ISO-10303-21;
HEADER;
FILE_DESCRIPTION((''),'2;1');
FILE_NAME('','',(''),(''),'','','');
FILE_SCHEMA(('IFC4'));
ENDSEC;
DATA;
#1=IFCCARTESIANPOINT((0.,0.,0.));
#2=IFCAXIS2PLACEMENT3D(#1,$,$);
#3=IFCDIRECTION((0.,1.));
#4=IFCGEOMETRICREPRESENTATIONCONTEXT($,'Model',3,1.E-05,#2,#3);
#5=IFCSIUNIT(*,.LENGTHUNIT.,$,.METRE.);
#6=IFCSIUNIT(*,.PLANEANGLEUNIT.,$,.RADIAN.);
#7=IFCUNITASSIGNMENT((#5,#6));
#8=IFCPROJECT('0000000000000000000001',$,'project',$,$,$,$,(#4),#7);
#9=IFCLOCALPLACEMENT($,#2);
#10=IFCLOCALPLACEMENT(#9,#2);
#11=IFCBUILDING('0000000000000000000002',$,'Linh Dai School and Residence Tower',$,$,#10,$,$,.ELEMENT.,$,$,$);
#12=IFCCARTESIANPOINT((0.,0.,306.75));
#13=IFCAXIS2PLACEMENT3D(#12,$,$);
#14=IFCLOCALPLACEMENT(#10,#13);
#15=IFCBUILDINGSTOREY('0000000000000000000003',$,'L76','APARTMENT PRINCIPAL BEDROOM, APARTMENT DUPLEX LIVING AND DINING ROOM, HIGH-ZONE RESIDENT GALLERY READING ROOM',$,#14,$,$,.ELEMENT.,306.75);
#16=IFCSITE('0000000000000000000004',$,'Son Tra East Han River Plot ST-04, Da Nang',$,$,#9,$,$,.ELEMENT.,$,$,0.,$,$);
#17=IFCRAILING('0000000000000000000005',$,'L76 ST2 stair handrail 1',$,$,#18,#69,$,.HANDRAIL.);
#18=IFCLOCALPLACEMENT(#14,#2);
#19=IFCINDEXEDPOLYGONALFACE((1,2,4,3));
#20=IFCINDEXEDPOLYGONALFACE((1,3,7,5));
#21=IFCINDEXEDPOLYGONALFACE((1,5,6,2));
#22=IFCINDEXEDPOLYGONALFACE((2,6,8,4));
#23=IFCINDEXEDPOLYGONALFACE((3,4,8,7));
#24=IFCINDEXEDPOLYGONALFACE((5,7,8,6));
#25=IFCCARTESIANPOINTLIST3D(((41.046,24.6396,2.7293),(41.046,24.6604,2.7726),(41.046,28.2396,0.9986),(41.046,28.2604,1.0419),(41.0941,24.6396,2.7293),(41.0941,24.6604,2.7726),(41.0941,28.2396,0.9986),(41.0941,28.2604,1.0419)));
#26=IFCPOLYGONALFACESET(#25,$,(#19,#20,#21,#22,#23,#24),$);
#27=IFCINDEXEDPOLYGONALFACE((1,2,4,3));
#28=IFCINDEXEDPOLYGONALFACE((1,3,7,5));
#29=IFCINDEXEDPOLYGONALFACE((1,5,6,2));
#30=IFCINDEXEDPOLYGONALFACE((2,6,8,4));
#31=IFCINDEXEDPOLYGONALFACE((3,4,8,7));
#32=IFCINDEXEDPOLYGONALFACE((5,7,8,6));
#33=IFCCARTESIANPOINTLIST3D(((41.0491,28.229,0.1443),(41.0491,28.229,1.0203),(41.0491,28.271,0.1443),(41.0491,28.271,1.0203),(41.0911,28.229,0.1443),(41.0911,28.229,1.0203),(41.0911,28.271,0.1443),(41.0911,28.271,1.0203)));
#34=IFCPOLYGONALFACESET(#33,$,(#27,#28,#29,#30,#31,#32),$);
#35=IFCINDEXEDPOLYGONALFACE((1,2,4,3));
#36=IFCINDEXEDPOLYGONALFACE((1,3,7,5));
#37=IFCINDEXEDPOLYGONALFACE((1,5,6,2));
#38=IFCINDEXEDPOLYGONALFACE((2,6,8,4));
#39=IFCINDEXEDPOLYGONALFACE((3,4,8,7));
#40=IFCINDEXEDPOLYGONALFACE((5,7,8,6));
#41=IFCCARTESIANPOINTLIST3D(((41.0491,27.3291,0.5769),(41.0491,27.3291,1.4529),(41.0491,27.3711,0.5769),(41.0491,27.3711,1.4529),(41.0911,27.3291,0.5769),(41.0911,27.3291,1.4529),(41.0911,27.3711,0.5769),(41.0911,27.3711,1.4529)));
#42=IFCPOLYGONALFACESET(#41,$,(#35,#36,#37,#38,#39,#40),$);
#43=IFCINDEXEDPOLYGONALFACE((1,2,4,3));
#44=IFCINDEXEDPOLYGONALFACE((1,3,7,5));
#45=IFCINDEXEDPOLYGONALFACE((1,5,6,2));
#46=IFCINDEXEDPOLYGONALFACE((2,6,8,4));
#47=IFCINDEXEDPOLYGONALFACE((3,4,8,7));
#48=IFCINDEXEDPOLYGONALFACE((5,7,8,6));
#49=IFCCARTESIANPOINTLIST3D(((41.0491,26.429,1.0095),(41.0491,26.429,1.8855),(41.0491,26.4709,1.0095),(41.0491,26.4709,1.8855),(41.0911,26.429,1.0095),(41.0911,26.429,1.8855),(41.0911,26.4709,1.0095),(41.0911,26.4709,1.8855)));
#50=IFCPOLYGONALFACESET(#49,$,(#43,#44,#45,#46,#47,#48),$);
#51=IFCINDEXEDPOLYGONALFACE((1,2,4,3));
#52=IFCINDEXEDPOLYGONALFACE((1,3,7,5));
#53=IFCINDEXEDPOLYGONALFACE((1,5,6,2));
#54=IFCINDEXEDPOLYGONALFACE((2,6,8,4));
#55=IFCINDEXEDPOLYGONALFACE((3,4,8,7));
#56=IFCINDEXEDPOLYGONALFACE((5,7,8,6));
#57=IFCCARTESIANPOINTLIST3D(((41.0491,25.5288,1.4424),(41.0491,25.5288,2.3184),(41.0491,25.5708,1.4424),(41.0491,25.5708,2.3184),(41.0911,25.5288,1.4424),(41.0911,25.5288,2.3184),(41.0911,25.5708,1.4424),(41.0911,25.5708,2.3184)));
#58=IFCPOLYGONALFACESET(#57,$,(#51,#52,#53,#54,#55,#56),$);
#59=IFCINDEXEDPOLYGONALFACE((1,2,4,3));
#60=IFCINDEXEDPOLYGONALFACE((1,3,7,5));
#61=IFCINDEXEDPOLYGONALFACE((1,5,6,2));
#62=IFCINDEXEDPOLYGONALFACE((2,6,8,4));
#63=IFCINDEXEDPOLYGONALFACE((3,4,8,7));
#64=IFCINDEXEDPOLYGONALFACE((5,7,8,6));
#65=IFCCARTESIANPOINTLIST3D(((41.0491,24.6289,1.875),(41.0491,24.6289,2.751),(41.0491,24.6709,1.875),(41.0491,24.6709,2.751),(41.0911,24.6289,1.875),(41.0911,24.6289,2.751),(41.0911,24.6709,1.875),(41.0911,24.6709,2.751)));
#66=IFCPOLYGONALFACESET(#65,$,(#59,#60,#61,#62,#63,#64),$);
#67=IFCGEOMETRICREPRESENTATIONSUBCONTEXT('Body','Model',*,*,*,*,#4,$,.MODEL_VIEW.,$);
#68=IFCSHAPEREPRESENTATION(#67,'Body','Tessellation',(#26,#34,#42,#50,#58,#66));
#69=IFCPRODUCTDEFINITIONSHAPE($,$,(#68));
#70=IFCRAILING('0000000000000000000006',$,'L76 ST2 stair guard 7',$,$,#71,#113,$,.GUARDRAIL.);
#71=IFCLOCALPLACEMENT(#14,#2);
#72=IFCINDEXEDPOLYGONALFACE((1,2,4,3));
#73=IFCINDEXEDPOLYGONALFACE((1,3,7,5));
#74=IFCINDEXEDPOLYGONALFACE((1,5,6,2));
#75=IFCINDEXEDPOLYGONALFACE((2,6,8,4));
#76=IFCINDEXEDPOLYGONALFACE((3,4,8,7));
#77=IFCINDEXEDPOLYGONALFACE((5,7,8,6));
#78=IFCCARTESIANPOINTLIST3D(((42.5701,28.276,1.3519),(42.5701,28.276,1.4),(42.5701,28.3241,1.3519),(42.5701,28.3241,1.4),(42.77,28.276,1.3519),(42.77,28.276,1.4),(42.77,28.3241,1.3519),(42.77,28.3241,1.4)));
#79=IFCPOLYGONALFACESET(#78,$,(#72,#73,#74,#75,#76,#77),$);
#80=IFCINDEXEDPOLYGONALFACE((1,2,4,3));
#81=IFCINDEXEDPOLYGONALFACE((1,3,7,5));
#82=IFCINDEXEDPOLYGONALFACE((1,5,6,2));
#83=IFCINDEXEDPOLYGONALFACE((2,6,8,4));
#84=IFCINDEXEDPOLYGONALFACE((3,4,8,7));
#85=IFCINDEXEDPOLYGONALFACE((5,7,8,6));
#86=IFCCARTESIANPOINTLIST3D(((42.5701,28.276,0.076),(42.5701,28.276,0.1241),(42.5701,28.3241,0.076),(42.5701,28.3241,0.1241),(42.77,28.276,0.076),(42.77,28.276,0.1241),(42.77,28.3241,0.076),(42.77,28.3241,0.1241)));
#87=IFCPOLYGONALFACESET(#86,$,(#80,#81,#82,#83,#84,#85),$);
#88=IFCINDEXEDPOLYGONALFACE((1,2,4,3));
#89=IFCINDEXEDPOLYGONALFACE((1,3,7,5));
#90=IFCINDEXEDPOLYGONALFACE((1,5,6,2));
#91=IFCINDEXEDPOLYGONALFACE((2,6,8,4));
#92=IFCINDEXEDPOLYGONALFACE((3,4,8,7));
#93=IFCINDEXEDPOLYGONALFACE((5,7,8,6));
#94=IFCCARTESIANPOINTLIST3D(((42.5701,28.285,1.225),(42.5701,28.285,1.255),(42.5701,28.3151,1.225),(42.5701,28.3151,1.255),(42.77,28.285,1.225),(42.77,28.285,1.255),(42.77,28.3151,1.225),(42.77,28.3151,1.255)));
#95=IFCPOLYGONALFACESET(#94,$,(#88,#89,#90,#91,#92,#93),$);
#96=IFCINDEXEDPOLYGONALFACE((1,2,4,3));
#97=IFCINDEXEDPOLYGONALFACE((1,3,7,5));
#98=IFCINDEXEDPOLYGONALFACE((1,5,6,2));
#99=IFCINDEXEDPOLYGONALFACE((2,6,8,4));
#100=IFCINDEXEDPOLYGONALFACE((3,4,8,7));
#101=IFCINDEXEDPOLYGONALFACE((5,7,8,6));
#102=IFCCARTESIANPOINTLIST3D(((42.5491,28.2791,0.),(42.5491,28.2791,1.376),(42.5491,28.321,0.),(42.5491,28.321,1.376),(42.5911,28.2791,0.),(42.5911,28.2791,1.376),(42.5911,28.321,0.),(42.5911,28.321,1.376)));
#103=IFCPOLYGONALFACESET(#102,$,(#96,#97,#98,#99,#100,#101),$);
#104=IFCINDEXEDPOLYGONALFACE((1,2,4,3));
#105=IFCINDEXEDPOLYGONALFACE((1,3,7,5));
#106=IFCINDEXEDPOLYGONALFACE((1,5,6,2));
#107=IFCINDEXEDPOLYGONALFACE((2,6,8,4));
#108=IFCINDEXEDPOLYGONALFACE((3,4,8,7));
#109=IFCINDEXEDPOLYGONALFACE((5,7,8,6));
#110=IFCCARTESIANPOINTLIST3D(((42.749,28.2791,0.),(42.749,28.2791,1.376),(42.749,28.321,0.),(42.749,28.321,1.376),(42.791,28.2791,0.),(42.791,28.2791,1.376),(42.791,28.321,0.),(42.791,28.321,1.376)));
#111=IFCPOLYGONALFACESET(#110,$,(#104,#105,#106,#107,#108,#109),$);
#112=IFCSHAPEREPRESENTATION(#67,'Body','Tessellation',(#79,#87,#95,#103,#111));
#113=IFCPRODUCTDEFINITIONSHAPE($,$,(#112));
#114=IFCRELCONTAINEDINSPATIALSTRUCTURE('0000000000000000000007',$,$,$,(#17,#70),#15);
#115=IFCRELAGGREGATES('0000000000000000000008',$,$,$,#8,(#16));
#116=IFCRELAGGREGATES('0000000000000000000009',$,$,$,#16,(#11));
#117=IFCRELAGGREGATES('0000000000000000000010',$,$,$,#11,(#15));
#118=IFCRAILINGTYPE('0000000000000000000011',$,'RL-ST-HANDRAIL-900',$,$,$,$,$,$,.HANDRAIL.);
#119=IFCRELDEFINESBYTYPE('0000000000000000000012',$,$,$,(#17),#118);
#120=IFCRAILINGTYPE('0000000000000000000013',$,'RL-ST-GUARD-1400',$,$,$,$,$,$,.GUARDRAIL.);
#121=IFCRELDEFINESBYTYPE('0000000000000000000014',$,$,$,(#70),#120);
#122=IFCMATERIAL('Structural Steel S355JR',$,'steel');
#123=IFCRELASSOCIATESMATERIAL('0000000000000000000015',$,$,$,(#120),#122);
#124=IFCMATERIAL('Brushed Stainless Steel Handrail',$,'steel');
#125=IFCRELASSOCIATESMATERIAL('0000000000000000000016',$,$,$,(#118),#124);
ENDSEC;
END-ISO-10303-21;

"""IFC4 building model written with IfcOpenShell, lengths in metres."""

from ifc_helpers import new_model, si_unit, direction, frame, origin, origin_2d, place, context, subcontext, project, spatial, rectangle, extrude, source, transform, mapped, material, type_object, element, save


model = new_model("IFC4")

# Units and contexts
model_context = context("Model", 3, precision=1e-05, world=origin(), true_north=direction((0.0, 1.0)))
body_context = subcontext(model_context, "Body", "Model", "MODEL_VIEW")
ifc_project = project(units=[si_unit("LENGTHUNIT", "METRE"), si_unit("PLANEANGLEUNIT", "RADIAN")], contexts=[model_context])

# Site, building, storey
site_placement = place(None, origin())
site = spatial("IfcSite", under=ifc_project, at=site_placement, Name="Son Tra East Han River Plot ST-04, Da Nang", CompositionType="ELEMENT", RefElevation=0.0)
building_placement = place(site_placement, origin())
building = spatial("IfcBuilding", under=site, at=building_placement, Name="Linh Dai School and Residence Tower", CompositionType="ELEMENT")
storey_placement = place(building_placement, frame((0.0, 0.0, 306.75)))
storey = spatial("IfcBuildingStorey", under=building, at=storey_placement, Name="L76", Description="APARTMENT PRINCIPAL BEDROOM, APARTMENT DUPLEX LIVING AND DINING ROOM, HIGH-ZONE RESIDENT GALLERY READING ROOM", CompositionType="ELEMENT", Elevation=306.75)

# Shared definitions
ifc_material_1 = material(Name="Structural Steel S355JR", Category="steel")

# Railings
railing_type_1 = type_object("IfcRailingType", Name="RL-ST-GUARD-1400", PredefinedType="GUARDRAIL", material=ifc_material_1)
ifc_material_2 = material(Name="Brushed Stainless Steel Handrail", Category="steel")
railing_type_2 = type_object("IfcRailingType", Name="RL-ST-HANDRAIL-900", PredefinedType="HANDRAIL", material=ifc_material_2)
shared_shape_1 = source(origin(), body_context, "Body", "SweptSolid", [
    extrude(rectangle(XDim=0.0481, YDim=0.0481, at=origin_2d()), frame((0.0, 0.0, 0.876), z_axis=(0.0, -0.901263, 0.433273), x_axis=(1.0, 0.0, 0.0)), (0.0, 0.0, 1.0), 3.9944),
    extrude(rectangle(XDim=0.042, YDim=0.042, at=origin_2d()), origin(), (0.0, 0.0, 1.0), 0.876),
    extrude(rectangle(XDim=0.042, YDim=0.042, at=origin_2d()), frame((0.0, -0.8999, 0.4326)), (0.0, 0.0, 1.0), 0.876),
    extrude(rectangle(XDim=0.042, YDim=0.042, at=origin_2d()), frame((0.0, -1.8, 0.8652)), (0.0, 0.0, 1.0), 0.876),
    extrude(rectangle(XDim=0.042, YDim=0.042, at=origin_2d()), frame((0.0, -2.7002, 1.2981)), (0.0, 0.0, 1.0), 0.876),
    extrude(rectangle(XDim=0.042, YDim=0.042, at=origin_2d()), frame((0.0, -3.6001, 1.7307)), (0.0, 0.0, 1.0), 0.876),
])
railing_1_placement = place(storey_placement, frame((41.0701, 28.25, 0.1443)))
element("IfcRailing", 1, at=railing_1_placement, inside=storey, type_object=railing_type_2, Name="L76 ST2 stair handrail 1", PredefinedType="HANDRAIL", context=body_context, shape_type="MappedRepresentation", body=[
    mapped(shared_shape_1, transform((0.0, 0.0, 0.0), x_axis=(1.0, 0.0, 0.0), y_axis=(0.0, 1.0, 0.0), z_axis=(0.0, 0.0, 1.0), scale=1.0)),
])
shared_shape_2 = source(origin(), body_context, "Body", "SweptSolid", [
    extrude(rectangle(XDim=0.0481, YDim=0.0481, at=origin_2d()), frame((0.0, 0.0, 1.376), z_axis=(1.0, 0.0, 0.0), x_axis=(0.0, 1.0, 0.0)), (0.0, 0.0, 1.0), 0.2),
    extrude(rectangle(XDim=0.0481, YDim=0.0481, at=origin_2d()), frame((0.0, 0.0, 0.1001), z_axis=(1.0, 0.0, 0.0), x_axis=(0.0, 1.0, 0.0)), (0.0, 0.0, 1.0), 0.2),
    extrude(rectangle(XDim=0.03, YDim=0.03, at=origin_2d()), frame((0.0, 0.0, 1.24), z_axis=(1.0, 0.0, 0.0), x_axis=(0.0, 1.0, 0.0)), (0.0, 0.0, 1.0), 0.2),
    extrude(rectangle(XDim=0.042, YDim=0.042, at=origin_2d()), origin(), (0.0, 0.0, 1.0), 1.376),
    extrude(rectangle(XDim=0.042, YDim=0.042, at=origin_2d()), frame((0.2, 0.0, 0.0)), (0.0, 0.0, 1.0), 1.376),
])
railing_2_placement = place(storey_placement, frame((42.5701, 28.3, 0.0)))
element("IfcRailing", 2, at=railing_2_placement, inside=storey, type_object=railing_type_1, Name="L76 ST2 stair guard 7", PredefinedType="GUARDRAIL", context=body_context, shape_type="MappedRepresentation", body=[
    mapped(shared_shape_2, transform((0.0, 0.0, 0.0), x_axis=(1.0, 0.0, 0.0), y_axis=(0.0, 1.0, 0.0), z_axis=(0.0, 0.0, 1.0), scale=1.0)),
])

save(model, "model.ifc")
